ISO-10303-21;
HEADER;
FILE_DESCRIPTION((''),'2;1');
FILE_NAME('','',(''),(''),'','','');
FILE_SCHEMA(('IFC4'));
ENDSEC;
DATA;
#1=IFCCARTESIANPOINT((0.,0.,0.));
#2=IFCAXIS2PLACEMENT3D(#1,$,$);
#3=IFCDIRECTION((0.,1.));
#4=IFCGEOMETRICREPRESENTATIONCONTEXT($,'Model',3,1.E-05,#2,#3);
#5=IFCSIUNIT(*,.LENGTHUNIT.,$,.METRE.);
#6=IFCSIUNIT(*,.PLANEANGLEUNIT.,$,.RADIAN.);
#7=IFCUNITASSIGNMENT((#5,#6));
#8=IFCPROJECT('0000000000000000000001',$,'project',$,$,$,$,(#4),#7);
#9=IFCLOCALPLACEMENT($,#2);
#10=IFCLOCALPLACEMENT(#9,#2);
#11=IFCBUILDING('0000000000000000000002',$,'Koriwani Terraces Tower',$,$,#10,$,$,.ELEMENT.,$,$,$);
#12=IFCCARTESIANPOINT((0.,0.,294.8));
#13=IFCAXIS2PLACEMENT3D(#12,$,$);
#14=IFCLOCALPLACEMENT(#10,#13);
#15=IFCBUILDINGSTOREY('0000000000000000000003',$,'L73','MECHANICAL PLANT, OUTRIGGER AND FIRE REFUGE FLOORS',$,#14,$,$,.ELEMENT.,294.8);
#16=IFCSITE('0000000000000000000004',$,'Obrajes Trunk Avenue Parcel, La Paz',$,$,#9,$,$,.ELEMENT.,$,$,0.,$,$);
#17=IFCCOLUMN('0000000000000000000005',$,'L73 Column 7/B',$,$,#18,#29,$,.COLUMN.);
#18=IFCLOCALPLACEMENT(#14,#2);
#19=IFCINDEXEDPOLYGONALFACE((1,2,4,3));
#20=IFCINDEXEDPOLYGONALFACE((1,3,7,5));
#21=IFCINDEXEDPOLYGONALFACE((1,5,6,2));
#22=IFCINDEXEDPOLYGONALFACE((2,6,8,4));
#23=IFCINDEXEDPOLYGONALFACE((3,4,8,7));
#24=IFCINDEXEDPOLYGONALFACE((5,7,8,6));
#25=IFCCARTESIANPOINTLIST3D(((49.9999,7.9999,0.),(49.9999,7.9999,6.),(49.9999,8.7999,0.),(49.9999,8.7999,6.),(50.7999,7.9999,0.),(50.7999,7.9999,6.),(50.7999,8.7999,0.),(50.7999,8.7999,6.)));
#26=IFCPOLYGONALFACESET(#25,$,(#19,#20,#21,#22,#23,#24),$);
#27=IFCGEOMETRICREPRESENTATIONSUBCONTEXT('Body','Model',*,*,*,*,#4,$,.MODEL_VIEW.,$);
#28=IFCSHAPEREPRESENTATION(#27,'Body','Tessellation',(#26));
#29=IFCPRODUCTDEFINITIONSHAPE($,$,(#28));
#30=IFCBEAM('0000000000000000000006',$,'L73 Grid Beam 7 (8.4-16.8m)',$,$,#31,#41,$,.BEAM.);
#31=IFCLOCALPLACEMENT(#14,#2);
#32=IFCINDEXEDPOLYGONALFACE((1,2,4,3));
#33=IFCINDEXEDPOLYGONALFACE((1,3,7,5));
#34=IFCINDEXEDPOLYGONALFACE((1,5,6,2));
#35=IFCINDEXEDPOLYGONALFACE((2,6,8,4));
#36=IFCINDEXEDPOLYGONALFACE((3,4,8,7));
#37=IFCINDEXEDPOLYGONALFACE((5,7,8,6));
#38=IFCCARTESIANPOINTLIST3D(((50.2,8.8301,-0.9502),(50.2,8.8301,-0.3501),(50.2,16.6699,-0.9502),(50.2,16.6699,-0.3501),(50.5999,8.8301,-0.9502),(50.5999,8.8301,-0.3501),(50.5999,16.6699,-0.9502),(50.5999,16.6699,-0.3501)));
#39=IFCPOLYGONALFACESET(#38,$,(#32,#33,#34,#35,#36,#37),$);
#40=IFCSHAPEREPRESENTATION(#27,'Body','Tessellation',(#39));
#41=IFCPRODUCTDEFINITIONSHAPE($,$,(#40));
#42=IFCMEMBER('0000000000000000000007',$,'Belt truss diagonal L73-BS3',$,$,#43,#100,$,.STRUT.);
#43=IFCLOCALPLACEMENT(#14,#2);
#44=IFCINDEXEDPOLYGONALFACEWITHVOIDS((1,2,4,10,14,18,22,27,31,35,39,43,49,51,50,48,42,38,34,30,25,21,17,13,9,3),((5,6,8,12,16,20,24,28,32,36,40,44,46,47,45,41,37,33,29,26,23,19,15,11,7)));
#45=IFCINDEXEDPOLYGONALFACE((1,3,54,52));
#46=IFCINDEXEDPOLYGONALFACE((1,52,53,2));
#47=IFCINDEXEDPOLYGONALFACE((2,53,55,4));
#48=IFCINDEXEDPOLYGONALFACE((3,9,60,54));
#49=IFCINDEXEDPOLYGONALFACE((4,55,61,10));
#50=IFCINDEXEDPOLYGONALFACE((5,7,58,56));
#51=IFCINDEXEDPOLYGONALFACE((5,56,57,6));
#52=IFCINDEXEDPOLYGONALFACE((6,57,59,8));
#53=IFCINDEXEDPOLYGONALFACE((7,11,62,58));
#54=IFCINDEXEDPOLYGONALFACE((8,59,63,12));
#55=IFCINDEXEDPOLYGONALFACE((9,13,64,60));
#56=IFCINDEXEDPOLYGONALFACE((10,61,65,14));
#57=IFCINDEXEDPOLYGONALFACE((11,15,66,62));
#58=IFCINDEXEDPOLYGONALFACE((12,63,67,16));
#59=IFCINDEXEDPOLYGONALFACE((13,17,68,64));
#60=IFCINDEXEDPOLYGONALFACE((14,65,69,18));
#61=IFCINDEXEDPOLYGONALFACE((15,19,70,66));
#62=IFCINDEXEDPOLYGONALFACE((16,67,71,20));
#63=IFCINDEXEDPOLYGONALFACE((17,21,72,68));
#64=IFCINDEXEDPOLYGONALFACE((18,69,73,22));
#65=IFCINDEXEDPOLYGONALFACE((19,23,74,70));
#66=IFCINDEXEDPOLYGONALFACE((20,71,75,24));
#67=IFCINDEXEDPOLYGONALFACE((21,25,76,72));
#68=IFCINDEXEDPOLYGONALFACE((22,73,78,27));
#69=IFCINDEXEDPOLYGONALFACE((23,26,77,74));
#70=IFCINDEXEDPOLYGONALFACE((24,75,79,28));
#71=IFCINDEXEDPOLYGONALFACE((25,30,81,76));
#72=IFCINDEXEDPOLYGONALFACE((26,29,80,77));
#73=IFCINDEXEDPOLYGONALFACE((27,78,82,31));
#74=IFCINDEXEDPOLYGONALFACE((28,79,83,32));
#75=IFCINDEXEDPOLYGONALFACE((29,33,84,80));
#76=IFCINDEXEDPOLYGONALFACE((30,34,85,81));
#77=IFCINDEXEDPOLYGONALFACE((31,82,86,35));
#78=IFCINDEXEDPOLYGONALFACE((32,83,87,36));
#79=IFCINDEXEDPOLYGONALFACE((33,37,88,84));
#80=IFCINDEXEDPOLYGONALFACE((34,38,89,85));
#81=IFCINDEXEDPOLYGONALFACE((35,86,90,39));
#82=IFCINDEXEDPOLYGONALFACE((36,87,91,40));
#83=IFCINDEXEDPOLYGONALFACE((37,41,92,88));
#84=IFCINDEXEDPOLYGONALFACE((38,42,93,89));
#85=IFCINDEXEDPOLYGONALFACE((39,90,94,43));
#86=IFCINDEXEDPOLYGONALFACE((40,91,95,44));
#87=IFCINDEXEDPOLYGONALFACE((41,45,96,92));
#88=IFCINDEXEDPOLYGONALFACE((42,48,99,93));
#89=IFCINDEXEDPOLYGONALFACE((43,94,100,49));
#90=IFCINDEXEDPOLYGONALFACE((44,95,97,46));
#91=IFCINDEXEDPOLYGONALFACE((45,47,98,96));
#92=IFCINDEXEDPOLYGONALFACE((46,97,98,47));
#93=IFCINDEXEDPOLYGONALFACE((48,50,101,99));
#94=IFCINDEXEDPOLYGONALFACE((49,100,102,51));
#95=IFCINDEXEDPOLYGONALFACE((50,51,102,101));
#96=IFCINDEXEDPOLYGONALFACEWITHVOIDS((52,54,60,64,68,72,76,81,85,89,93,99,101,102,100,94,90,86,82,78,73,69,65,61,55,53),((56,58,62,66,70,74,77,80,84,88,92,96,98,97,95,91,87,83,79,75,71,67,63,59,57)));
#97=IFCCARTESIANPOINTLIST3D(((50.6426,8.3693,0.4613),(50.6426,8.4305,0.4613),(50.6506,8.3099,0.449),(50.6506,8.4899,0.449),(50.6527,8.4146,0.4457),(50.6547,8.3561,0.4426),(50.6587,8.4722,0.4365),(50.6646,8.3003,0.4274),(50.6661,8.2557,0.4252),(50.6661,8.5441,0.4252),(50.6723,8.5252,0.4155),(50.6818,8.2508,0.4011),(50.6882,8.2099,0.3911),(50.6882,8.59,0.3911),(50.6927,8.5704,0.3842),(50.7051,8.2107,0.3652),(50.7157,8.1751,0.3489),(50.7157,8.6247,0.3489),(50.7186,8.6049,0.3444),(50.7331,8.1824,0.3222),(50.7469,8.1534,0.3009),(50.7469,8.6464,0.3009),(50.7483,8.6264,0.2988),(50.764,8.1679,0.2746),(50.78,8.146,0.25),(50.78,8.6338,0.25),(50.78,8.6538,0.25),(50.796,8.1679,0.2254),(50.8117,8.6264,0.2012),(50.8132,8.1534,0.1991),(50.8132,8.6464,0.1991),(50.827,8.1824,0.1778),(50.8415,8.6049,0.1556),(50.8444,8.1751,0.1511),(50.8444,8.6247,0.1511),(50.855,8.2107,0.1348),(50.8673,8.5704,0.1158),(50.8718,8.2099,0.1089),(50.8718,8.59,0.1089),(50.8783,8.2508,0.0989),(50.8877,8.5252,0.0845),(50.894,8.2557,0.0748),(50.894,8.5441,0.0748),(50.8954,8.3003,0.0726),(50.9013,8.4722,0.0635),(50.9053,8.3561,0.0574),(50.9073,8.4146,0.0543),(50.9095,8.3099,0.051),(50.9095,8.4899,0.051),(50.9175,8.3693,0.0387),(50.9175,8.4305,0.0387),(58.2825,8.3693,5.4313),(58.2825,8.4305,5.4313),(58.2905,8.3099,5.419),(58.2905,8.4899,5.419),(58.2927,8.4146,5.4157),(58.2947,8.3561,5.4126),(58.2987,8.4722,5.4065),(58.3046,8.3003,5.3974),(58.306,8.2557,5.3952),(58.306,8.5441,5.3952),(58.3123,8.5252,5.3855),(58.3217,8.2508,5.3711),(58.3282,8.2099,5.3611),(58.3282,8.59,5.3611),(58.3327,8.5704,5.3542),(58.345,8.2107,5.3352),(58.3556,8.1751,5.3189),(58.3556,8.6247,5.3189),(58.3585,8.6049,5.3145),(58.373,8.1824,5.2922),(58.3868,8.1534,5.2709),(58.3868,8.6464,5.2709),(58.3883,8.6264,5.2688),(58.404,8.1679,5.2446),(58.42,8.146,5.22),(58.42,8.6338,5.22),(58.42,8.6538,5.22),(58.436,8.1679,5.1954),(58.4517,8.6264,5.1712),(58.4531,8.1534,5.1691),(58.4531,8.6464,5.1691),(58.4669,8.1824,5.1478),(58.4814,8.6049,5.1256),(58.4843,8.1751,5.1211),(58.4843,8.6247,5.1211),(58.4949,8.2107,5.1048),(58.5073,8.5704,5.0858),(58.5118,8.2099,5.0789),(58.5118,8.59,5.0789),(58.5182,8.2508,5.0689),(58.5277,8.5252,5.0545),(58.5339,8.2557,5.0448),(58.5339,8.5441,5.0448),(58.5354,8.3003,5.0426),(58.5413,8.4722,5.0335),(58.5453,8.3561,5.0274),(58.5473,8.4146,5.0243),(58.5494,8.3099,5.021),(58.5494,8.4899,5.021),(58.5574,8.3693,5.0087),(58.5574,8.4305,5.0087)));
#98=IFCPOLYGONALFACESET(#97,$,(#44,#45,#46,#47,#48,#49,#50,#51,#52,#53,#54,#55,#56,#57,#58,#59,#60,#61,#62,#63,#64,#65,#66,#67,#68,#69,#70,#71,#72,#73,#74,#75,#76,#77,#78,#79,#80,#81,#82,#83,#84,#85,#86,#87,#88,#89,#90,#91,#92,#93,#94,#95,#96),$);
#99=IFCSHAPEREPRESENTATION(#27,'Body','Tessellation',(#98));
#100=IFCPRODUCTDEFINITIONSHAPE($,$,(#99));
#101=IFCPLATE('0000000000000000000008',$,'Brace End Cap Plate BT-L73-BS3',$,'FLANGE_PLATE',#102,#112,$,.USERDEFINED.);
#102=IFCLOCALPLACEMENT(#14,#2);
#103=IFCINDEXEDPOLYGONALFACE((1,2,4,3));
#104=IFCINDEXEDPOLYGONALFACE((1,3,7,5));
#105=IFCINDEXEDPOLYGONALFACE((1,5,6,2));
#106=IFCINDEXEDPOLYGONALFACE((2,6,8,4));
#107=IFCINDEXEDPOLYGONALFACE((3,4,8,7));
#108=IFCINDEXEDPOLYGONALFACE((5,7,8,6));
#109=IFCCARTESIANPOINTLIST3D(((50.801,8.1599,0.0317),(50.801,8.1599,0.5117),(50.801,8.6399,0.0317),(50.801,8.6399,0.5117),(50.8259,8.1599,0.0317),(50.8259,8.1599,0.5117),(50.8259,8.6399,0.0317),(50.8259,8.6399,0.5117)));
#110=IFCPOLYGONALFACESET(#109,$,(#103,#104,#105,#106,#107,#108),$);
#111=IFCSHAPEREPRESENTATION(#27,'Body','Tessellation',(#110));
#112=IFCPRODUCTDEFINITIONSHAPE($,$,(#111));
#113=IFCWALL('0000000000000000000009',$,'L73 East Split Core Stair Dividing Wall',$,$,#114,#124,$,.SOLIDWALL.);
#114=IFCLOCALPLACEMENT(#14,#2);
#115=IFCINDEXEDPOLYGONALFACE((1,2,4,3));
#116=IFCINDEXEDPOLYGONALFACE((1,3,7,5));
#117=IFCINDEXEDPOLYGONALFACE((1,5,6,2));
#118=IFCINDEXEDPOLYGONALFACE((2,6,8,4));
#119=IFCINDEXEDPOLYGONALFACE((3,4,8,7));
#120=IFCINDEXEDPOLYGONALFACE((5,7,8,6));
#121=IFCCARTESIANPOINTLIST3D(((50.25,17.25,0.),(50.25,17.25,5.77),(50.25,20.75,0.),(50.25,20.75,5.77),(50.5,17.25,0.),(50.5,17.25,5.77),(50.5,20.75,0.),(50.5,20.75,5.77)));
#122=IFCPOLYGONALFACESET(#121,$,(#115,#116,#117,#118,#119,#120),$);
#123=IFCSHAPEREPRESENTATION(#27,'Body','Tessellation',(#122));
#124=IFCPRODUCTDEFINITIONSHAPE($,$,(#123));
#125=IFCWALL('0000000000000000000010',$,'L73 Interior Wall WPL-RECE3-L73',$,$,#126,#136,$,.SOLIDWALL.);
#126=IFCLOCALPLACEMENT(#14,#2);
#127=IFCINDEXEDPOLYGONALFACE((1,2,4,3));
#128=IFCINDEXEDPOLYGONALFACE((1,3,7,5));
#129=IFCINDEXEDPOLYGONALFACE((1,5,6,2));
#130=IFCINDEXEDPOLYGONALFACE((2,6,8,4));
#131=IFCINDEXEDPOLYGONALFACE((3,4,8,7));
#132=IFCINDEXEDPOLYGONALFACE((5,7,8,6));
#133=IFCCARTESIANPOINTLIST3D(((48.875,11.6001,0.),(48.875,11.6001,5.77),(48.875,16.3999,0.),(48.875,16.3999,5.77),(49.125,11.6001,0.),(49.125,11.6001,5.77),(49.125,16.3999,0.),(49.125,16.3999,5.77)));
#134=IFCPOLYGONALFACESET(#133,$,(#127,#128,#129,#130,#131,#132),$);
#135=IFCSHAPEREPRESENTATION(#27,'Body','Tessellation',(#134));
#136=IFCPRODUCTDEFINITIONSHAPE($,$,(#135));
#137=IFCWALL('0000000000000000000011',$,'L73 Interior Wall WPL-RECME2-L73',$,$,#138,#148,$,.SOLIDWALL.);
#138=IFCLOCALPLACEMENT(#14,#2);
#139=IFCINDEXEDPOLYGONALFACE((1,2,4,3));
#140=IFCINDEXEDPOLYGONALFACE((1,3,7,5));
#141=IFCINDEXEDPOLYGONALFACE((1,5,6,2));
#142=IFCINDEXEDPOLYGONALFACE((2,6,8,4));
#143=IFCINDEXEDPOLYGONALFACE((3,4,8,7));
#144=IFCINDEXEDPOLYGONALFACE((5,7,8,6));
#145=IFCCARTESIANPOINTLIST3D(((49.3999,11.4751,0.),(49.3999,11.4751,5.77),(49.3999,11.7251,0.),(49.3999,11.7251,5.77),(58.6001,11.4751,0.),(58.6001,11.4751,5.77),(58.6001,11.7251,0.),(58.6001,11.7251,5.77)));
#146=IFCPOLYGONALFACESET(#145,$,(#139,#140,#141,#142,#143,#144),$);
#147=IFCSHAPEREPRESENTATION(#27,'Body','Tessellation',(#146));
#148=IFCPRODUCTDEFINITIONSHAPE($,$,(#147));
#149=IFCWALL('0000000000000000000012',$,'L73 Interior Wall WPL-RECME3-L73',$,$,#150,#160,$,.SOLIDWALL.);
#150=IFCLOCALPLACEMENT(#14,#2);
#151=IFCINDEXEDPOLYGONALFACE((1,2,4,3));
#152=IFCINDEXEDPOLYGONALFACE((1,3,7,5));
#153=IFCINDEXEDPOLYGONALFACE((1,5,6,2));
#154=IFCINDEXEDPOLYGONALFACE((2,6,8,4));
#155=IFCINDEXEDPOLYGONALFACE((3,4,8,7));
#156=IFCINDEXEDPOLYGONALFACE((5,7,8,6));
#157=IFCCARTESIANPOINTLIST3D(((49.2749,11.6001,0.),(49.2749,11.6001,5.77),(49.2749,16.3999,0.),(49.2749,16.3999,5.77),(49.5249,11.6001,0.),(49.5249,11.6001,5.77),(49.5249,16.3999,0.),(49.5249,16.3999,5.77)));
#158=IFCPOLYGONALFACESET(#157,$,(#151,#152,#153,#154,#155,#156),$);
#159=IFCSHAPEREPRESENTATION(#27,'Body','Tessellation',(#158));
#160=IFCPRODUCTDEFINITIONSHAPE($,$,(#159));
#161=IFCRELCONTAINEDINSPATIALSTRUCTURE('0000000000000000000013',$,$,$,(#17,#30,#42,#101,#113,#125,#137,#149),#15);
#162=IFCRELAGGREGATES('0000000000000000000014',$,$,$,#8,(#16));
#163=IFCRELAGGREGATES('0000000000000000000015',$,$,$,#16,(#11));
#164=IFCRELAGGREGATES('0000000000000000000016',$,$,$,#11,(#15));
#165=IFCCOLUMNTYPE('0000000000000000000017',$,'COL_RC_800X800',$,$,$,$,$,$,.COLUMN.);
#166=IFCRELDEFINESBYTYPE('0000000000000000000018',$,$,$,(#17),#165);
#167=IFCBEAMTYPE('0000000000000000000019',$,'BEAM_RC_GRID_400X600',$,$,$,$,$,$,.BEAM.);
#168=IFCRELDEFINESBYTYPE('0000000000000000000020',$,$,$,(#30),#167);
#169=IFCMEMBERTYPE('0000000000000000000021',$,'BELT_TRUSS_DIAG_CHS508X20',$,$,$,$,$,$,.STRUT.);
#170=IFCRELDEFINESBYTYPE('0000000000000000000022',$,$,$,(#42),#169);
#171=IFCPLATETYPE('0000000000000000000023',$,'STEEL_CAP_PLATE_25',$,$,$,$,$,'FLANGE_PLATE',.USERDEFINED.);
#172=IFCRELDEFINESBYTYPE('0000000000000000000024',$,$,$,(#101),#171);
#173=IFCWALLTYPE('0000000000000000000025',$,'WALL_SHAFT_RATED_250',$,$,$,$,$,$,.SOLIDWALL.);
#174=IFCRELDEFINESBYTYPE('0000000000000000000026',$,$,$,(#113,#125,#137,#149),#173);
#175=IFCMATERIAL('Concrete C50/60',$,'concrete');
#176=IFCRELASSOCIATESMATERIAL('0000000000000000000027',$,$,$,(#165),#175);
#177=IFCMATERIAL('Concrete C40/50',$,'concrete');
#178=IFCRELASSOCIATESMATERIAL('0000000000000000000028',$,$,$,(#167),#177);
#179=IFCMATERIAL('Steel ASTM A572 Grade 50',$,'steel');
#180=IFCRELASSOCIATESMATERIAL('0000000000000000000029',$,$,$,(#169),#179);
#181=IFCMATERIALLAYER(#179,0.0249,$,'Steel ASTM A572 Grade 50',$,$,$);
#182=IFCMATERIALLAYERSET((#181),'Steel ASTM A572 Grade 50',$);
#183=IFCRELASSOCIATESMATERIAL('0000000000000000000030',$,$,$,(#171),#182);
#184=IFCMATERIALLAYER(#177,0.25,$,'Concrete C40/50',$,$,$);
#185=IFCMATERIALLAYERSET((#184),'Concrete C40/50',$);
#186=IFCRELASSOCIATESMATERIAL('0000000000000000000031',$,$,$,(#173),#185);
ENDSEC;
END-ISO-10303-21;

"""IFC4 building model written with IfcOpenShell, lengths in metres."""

from ifc_helpers import new_model, si_unit, direction, frame, frame_2d, origin, origin_2d, place, context, subcontext, project, spatial, rectangle, hollow_circle, extrude, material, layer, layer_set, material_profile, profile_set, type_object, element, save


model = new_model("IFC4")

# Units and contexts
model_context = context("Model", 3, precision=1e-05, world=origin(), true_north=direction((0.0, 1.0)))
body_context = subcontext(model_context, "Body", "Model", "MODEL_VIEW")
ifc_project = project(units=[si_unit("LENGTHUNIT", "METRE"), si_unit("PLANEANGLEUNIT", "RADIAN")], contexts=[model_context])

# Site, building, storey
site_placement = place(None, origin())
site = spatial("IfcSite", under=ifc_project, at=site_placement, Name="Obrajes Trunk Avenue Parcel, La Paz", CompositionType="ELEMENT", RefElevation=0.0)
building_placement = place(site_placement, origin())
building = spatial("IfcBuilding", under=site, at=building_placement, Name="Koriwani Terraces Tower", CompositionType="ELEMENT")
storey_placement = place(building_placement, frame((0.0, 0.0, 294.8)))
storey = spatial("IfcBuildingStorey", under=building, at=storey_placement, Name="L73", Description="MECHANICAL PLANT, OUTRIGGER AND FIRE REFUGE FLOORS", CompositionType="ELEMENT", Elevation=294.8)

# Column
ifc_material_1 = material(Name="Concrete C50/60", Category="concrete")
ifc_material_profile_1 = material_profile(ifc_material_1, rectangle(XDim=0.8, YDim=0.8, at=origin_2d()), Name="Concrete C50/60", Category="LoadBearing")
ifc_profile_set_1 = profile_set([ifc_material_profile_1], Name="Concrete C50/60")
column_type = type_object("IfcColumnType", Name="COL_RC_800X800", PredefinedType="COLUMN", material=ifc_profile_set_1)
column_placement = place(storey_placement, frame((50.3999, 8.3999, 0.0), z_axis=(0.0, 0.0, 1.0), x_axis=(1.0, 0.0, 0.0)))
element("IfcColumn", 1, at=column_placement, inside=storey, type_object=column_type, Name="L73 Column 7/B", PredefinedType="COLUMN", context=body_context, shape_type="SweptSolid", body=[
    extrude(rectangle(XDim=0.8, YDim=0.8, at=origin_2d()), origin(), (0.0, 0.0, 1.0), 6.0),
])

# Beam
ifc_material_2 = material(Name="Concrete C40/50", Category="concrete")
ifc_material_profile_2 = material_profile(ifc_material_2, rectangle(XDim=0.3999, YDim=0.6001, at=origin_2d()), Name="Concrete C40/50", Category="LoadBearing")
ifc_profile_set_2 = profile_set([ifc_material_profile_2], Name="Concrete C40/50")
beam_type = type_object("IfcBeamType", Name="BEAM_RC_GRID_400X600", PredefinedType="BEAM", material=ifc_profile_set_2)
beam_placement = place(storey_placement, frame((50.3999, 8.8301, -0.6501), z_axis=(0.0, 1.0, 0.0), x_axis=(-1.0, 0.0, 0.0)))
element("IfcBeam", 2, at=beam_placement, inside=storey, type_object=beam_type, Name="L73 Grid Beam 7 (8.4-16.8m)", PredefinedType="BEAM", context=body_context, shape_type="SweptSolid", body=[
    extrude(rectangle(XDim=0.3999, YDim=0.6001, at=origin_2d()), origin(), (0.0, 0.0, 1.0), 7.8398),
])

# Member
ifc_material_3 = material(Name="Steel ASTM A572 Grade 50", Category="steel")
ifc_material_profile_3 = material_profile(ifc_material_3, hollow_circle(Radius=0.2539, WallThickness=0.02, at=origin_2d()), Name="Steel ASTM A572 Grade 50", Category="LoadBearing")
ifc_profile_set_3 = profile_set([ifc_material_profile_3], Name="Steel ASTM A572 Grade 50")
member_type = type_object("IfcMemberType", Name="BELT_TRUSS_DIAG_CHS508X20", PredefinedType="STRUT", material=ifc_profile_set_3)
member_placement = place(storey_placement, frame((50.78, 8.3999, 0.25), z_axis=(0.838241, 0.0, 0.5453), x_axis=(0.0, 1.0, 0.0)))
element("IfcMember", 3, at=member_placement, inside=storey, type_object=member_type, Name="Belt truss diagonal L73-BS3", PredefinedType="STRUT", context=body_context, shape_type="SweptSolid", body=[
    extrude(hollow_circle(Radius=0.2539, WallThickness=0.02, at=origin_2d()), origin(), (0.0, 0.0, 1.0), 9.1143),
])

# Plate
ifc_layer_1 = layer(ifc_material_3, 0.0249, Name="Steel ASTM A572 Grade 50")
ifc_layer_set_1 = layer_set([ifc_layer_1], Name="Steel ASTM A572 Grade 50")
plate_type = type_object("IfcPlateType", Name="STEEL_CAP_PLATE_25", ElementType="FLANGE_PLATE", PredefinedType="USERDEFINED", material=ifc_layer_set_1)
plate_placement = place(storey_placement, frame((50.8135, 8.3999, 0.0317), z_axis=(0.0, 0.0, 1.0), x_axis=(1.0, 0.0, 0.0)))
element("IfcPlate", 4, at=plate_placement, inside=storey, type_object=plate_type, Name="Brace End Cap Plate BT-L73-BS3", ObjectType="FLANGE_PLATE", PredefinedType="USERDEFINED", context=body_context, shape_type="SweptSolid", body=[
    extrude(rectangle(XDim=0.0249, YDim=0.48, at=origin_2d()), origin(), (0.0, 0.0, 1.0), 0.48),
])

# Walls
ifc_layer_2 = layer(ifc_material_2, 0.25, Name="Concrete C40/50")
ifc_layer_set_2 = layer_set([ifc_layer_2], Name="Concrete C40/50")
wall_type = type_object("IfcWallType", Name="WALL_SHAFT_RATED_250", PredefinedType="SOLIDWALL", material=ifc_layer_set_2)
wall_1_placement = place(storey_placement, frame((50.375, 17.25, 0.0), z_axis=(0.0, 0.0, 1.0), x_axis=(0.0, 1.0, 0.0)))
element("IfcWall", 5, at=wall_1_placement, inside=storey, type_object=wall_type, Name="L73 East Split Core Stair Dividing Wall", PredefinedType="SOLIDWALL", context=body_context, shape_type="SweptSolid", body=[
    extrude(rectangle(XDim=3.5, YDim=0.25, at=frame_2d((1.75, 0.0))), origin(), (0.0, 0.0, 1.0), 5.77),
])
wall_2_placement = place(storey_placement, frame((49.0, 11.6001, 0.0), z_axis=(0.0, 0.0, 1.0), x_axis=(0.0, 1.0, 0.0)))
element("IfcWall", 6, at=wall_2_placement, inside=storey, type_object=wall_type, Name="L73 Interior Wall WPL-RECE3-L73", PredefinedType="SOLIDWALL", context=body_context, shape_type="SweptSolid", body=[
    extrude(rectangle(XDim=4.7998, YDim=0.25, at=frame_2d((2.3999, 0.0))), origin(), (0.0, 0.0, 1.0), 5.77),
])
wall_3_placement = place(storey_placement, frame((49.3999, 11.6001, 0.0), z_axis=(0.0, 0.0, 1.0), x_axis=(1.0, 0.0, 0.0)))
element("IfcWall", 7, at=wall_3_placement, inside=storey, type_object=wall_type, Name="L73 Interior Wall WPL-RECME2-L73", PredefinedType="SOLIDWALL", context=body_context, shape_type="SweptSolid", body=[
    extrude(rectangle(XDim=9.2002, YDim=0.25, at=frame_2d((4.6001, 0.0))), origin(), (0.0, 0.0, 1.0), 5.77),
])
wall_4_placement = place(storey_placement, frame((49.3999, 11.6001, 0.0), z_axis=(0.0, 0.0, 1.0), x_axis=(0.0, 1.0, 0.0)))
element("IfcWall", 8, at=wall_4_placement, inside=storey, type_object=wall_type, Name="L73 Interior Wall WPL-RECME3-L73", PredefinedType="SOLIDWALL", context=body_context, shape_type="SweptSolid", body=[
    extrude(rectangle(XDim=4.7998, YDim=0.25, at=frame_2d((2.3999, 0.0))), origin(), (0.0, 0.0, 1.0), 5.77),
])

save(model, "model.ifc")
